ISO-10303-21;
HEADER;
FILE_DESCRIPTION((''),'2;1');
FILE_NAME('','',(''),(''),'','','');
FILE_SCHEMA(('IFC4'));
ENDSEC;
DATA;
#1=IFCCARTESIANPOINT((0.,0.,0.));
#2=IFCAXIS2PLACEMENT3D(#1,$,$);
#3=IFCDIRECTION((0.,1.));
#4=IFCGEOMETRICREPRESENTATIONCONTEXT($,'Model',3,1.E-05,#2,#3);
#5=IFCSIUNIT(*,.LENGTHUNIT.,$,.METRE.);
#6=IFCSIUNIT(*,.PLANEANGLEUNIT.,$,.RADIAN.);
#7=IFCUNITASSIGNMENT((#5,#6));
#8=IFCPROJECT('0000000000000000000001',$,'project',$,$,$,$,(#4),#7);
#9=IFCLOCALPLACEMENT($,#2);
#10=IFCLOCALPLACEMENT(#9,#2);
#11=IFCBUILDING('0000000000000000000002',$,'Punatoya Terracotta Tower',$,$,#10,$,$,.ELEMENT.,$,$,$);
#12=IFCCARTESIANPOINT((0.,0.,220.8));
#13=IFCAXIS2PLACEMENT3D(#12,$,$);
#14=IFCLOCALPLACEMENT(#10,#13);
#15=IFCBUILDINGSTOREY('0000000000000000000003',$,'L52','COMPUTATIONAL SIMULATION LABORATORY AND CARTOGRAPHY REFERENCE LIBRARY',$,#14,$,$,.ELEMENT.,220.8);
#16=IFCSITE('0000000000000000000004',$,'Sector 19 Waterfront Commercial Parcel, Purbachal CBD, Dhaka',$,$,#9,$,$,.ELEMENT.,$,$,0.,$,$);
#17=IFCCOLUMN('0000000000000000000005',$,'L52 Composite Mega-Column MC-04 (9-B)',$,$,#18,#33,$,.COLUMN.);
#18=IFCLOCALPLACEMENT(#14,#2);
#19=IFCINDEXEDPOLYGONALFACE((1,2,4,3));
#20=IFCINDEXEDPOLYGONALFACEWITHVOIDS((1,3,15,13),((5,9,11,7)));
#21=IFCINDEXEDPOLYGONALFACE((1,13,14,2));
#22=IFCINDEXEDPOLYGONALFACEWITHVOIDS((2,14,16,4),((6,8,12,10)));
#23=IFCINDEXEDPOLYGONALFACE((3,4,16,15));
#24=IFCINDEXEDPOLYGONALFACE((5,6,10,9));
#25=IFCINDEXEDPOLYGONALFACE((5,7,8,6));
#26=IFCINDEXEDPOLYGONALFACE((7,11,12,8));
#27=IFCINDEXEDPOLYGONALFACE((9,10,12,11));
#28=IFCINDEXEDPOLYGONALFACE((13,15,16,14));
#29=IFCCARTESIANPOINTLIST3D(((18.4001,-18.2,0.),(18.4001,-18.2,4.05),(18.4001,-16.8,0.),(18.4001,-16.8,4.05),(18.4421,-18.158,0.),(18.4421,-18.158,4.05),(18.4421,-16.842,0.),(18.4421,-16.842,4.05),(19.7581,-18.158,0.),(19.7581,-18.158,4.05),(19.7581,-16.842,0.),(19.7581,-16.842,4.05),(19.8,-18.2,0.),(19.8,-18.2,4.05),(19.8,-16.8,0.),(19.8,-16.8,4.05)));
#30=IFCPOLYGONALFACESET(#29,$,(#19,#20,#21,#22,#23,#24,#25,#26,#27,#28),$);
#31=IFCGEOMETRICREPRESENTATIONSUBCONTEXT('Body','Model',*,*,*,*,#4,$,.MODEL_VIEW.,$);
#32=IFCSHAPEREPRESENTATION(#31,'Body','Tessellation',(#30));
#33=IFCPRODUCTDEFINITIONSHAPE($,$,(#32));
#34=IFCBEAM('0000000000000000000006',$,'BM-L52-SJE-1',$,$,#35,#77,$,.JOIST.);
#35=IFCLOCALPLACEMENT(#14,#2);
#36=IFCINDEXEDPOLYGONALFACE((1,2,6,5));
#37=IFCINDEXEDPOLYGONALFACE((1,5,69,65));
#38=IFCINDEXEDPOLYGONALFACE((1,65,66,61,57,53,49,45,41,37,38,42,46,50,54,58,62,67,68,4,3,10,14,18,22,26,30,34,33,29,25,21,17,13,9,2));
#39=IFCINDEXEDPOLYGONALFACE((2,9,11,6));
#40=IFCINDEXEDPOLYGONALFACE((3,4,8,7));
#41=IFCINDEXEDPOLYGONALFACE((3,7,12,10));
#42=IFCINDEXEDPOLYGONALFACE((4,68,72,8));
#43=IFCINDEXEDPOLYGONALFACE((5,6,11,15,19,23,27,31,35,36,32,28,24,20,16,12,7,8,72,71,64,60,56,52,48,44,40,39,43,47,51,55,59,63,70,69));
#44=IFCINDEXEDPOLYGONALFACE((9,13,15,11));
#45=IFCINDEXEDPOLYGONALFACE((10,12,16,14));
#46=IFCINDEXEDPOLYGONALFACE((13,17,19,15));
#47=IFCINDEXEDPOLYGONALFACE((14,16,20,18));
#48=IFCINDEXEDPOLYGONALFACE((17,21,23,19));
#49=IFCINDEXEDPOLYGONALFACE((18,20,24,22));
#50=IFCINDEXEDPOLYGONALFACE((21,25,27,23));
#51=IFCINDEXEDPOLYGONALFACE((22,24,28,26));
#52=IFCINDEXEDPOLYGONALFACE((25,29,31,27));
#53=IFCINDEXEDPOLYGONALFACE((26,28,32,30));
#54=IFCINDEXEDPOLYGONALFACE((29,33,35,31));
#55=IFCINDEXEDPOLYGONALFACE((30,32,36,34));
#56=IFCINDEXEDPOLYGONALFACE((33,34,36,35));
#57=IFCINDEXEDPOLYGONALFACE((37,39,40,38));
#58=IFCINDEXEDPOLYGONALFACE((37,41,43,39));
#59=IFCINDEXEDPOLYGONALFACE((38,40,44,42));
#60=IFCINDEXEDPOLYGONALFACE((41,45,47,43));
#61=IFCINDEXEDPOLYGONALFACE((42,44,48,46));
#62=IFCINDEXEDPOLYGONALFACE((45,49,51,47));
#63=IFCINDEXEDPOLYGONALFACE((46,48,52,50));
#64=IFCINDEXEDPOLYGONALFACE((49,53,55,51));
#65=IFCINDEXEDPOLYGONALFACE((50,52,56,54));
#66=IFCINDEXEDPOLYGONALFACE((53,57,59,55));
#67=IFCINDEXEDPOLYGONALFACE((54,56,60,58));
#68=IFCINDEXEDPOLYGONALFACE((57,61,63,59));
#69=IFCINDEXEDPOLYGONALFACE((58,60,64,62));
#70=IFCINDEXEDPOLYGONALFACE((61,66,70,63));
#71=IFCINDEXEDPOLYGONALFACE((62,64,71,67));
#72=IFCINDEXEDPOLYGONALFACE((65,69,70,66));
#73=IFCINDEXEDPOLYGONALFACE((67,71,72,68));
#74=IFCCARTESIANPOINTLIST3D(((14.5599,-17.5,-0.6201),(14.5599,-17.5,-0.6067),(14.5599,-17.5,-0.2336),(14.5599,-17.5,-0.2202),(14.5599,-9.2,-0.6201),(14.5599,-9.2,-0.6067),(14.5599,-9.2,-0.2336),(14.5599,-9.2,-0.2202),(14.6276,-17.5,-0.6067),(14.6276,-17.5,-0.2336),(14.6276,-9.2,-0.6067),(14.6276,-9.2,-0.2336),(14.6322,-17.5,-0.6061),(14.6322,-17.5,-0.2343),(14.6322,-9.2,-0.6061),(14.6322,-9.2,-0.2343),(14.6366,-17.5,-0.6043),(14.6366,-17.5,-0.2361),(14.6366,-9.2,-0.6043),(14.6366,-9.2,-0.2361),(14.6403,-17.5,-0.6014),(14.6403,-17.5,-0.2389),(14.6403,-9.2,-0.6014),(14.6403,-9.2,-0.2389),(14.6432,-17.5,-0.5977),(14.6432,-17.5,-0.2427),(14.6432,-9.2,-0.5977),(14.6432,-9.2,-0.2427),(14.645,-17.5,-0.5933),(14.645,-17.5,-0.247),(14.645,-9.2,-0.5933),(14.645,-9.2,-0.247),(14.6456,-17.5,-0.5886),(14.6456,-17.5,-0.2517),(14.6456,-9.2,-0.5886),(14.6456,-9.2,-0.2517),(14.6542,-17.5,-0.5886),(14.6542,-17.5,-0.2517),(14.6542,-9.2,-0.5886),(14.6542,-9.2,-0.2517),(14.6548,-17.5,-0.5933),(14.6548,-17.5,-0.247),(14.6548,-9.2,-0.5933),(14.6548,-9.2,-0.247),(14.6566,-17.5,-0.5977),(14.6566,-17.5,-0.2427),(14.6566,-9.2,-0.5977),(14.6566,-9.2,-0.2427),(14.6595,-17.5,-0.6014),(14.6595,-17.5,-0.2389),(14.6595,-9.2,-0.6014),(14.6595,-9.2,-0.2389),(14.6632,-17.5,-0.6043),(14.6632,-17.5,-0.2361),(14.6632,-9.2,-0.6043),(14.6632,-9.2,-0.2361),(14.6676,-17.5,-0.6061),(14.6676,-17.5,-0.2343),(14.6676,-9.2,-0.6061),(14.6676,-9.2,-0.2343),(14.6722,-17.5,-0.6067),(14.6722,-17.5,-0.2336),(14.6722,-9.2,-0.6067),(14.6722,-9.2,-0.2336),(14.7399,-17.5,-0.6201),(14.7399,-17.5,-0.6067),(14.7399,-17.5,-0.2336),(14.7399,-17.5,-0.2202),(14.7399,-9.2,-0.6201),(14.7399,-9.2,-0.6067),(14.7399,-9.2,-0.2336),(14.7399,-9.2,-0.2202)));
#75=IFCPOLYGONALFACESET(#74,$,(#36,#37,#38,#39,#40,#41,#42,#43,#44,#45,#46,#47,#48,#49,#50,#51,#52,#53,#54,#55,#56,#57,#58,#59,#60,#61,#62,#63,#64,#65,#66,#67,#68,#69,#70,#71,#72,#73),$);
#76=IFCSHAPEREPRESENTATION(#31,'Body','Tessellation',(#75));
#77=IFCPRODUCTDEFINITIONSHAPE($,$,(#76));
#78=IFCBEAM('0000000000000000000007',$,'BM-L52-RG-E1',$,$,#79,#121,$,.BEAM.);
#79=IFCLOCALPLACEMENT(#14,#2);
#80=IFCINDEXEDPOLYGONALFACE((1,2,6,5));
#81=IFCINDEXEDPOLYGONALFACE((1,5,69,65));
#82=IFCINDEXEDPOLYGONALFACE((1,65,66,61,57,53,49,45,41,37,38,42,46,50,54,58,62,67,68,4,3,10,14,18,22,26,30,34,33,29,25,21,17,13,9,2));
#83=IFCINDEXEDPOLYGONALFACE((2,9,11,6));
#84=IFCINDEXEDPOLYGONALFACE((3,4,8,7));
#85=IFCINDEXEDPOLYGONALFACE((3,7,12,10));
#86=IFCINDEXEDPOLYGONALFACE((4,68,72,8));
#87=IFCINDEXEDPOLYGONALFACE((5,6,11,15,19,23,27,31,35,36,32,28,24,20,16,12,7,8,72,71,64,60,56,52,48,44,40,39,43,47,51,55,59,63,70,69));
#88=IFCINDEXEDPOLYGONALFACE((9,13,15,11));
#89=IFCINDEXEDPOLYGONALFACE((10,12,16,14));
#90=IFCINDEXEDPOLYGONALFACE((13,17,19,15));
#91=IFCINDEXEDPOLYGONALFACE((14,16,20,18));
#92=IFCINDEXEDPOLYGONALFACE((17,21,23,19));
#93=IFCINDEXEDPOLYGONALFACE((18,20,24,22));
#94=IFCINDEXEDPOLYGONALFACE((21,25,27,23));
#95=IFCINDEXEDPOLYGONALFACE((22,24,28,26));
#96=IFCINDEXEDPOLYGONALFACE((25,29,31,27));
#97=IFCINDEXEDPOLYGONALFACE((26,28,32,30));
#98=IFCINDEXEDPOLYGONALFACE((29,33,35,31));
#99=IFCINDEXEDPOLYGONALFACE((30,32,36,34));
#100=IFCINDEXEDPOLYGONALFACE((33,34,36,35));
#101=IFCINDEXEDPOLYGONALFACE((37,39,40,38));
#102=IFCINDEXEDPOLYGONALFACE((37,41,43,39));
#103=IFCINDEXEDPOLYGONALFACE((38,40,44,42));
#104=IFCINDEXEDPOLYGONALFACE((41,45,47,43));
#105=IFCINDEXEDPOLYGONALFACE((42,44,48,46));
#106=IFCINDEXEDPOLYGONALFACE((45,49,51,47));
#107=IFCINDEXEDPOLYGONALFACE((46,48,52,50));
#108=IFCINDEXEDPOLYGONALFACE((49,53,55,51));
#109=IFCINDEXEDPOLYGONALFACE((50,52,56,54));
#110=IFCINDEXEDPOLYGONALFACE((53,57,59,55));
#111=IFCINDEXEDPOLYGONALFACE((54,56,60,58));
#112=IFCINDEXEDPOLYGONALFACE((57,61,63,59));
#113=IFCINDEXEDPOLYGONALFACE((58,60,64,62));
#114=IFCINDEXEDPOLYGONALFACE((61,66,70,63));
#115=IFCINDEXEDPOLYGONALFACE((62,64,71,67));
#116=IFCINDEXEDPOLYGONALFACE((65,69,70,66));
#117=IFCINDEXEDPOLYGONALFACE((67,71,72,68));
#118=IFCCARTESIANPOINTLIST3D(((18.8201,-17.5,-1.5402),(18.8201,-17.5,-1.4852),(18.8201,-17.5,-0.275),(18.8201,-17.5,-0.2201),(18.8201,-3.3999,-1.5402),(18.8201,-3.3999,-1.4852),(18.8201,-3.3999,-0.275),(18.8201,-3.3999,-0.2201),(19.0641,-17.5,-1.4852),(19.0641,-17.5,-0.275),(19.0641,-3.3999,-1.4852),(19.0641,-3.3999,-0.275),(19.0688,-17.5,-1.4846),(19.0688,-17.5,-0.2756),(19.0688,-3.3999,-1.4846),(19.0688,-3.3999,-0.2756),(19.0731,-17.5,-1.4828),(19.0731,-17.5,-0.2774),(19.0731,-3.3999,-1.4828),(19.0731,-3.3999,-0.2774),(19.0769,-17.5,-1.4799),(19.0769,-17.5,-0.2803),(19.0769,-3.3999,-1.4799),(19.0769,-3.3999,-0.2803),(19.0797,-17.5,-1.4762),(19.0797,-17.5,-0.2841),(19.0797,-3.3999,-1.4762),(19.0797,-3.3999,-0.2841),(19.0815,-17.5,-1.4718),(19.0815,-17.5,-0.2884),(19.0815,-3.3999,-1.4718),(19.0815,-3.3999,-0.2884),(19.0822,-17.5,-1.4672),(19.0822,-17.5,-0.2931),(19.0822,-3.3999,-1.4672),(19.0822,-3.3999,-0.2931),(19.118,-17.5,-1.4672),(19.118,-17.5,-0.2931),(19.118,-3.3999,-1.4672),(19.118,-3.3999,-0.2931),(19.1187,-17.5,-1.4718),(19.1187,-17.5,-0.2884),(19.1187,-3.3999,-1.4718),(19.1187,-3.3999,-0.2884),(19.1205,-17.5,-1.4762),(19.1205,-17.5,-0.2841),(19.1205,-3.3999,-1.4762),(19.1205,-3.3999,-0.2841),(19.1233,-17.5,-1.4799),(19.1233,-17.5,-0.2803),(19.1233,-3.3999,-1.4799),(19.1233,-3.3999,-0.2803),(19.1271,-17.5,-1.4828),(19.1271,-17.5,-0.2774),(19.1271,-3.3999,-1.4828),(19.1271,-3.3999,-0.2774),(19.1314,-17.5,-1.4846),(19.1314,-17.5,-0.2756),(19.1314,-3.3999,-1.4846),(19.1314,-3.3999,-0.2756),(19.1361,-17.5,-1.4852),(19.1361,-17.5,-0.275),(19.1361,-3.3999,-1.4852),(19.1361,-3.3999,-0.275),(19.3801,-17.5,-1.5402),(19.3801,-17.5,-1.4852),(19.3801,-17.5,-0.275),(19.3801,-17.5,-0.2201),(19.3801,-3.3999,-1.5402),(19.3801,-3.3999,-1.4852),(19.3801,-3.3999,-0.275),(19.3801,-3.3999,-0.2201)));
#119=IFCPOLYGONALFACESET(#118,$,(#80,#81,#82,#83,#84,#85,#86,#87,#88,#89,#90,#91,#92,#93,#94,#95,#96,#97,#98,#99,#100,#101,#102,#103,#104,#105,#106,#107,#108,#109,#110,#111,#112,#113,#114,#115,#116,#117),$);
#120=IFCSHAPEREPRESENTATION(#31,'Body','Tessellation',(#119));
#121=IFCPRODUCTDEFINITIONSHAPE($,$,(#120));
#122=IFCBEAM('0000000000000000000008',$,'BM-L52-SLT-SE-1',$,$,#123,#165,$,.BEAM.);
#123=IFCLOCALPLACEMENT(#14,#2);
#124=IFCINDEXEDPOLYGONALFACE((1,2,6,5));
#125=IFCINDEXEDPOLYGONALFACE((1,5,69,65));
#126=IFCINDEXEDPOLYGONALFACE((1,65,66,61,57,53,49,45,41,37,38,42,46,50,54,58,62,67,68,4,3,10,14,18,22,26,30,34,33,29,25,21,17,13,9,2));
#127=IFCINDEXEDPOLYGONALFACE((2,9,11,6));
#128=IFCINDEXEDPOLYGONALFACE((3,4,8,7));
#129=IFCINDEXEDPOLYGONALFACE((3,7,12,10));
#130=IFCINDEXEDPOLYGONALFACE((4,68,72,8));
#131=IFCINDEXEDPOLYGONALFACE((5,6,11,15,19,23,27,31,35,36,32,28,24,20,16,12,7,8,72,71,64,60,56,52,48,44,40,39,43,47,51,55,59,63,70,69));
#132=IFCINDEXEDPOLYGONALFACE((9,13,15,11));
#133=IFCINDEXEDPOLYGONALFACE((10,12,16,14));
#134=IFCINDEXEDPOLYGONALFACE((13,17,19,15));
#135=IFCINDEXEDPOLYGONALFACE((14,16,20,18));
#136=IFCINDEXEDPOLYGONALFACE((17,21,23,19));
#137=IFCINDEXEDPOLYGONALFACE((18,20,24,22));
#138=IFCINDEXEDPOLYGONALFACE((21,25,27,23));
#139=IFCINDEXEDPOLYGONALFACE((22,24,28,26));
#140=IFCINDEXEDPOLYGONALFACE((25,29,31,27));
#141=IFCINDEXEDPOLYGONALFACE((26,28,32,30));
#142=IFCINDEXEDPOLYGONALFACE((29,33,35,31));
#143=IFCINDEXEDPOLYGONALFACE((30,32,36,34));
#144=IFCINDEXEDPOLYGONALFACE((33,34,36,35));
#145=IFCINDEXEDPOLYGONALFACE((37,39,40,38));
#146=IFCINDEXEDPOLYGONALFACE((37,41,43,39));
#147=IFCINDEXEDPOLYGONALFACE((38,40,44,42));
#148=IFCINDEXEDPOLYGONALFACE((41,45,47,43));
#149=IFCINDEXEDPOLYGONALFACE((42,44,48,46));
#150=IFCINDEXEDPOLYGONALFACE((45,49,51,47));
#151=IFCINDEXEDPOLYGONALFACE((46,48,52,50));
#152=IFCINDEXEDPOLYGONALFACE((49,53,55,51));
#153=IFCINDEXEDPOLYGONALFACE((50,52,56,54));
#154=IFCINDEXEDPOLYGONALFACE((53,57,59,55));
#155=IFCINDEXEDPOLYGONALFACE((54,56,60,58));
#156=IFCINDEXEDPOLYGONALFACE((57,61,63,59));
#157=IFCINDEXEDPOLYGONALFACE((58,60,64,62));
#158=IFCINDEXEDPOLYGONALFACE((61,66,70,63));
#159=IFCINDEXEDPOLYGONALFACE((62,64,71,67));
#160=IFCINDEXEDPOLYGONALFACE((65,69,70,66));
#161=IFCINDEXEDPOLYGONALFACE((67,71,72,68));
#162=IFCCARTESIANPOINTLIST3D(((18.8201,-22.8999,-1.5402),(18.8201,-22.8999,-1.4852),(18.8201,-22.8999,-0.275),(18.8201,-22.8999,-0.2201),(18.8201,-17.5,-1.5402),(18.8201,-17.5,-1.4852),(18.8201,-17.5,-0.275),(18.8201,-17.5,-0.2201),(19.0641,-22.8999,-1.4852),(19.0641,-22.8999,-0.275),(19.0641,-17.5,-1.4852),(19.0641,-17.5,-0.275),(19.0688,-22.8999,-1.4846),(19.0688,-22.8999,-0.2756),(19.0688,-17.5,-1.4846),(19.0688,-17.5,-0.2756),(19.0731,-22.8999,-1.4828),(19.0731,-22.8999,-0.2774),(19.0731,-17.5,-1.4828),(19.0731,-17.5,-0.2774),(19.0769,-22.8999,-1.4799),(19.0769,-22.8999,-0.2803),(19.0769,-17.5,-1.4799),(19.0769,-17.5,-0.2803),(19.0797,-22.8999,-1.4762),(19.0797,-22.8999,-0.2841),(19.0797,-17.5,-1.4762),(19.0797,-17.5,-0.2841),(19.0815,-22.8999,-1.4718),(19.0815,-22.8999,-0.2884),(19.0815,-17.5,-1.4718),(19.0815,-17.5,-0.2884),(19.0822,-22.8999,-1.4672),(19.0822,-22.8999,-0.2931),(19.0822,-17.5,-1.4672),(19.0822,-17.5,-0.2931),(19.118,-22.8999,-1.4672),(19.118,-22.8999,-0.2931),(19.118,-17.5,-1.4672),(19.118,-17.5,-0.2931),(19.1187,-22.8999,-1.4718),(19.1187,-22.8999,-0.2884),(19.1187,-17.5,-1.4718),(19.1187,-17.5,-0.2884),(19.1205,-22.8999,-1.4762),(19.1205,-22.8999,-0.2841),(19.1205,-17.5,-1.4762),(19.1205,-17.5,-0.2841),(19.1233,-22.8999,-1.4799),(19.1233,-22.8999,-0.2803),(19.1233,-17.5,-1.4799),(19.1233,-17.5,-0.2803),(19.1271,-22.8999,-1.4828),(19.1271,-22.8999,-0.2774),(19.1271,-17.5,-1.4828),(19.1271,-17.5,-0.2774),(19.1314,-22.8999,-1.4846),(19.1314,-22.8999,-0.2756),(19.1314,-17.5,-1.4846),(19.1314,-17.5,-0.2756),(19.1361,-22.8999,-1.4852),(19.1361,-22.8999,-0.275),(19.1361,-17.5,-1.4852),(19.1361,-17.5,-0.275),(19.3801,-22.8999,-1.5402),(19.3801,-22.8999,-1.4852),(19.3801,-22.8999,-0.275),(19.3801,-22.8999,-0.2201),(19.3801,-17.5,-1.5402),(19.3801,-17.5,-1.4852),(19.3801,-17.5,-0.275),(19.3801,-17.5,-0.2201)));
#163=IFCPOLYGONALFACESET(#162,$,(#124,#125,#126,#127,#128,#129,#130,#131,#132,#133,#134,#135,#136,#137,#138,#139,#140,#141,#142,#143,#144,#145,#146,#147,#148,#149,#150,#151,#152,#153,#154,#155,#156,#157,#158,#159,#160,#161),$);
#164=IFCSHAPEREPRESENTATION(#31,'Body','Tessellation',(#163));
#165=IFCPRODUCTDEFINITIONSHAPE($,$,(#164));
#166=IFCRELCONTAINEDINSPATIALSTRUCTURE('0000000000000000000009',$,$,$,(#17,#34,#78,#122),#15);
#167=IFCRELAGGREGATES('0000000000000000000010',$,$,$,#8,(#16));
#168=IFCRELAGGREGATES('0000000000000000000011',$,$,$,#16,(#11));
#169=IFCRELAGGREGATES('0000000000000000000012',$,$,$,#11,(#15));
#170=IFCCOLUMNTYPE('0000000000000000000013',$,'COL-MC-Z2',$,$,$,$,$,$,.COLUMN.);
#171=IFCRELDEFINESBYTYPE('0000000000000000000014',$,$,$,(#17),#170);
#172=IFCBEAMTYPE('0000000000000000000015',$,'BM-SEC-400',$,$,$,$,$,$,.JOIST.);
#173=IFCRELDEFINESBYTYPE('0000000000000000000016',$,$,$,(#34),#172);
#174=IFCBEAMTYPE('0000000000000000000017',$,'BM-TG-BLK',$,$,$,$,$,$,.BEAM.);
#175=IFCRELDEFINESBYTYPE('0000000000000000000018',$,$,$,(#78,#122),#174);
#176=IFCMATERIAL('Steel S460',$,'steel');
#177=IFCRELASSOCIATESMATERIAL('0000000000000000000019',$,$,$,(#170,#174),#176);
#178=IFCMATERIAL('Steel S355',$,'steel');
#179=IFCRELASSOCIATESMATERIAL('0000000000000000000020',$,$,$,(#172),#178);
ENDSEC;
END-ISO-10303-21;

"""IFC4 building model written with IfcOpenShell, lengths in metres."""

from ifc_helpers import new_model, si_unit, direction, frame, origin, origin_2d, place, context, subcontext, project, spatial, hollow_rectangle, i_section, extrude, material, material_profile, profile_set, type_object, element, save


model = new_model("IFC4")

# Units and contexts
model_context = context("Model", 3, precision=1e-05, world=origin(), true_north=direction((0.0, 1.0)))
body_context = subcontext(model_context, "Body", "Model", "MODEL_VIEW")
ifc_project = project(units=[si_unit("LENGTHUNIT", "METRE"), si_unit("PLANEANGLEUNIT", "RADIAN")], contexts=[model_context])

# Site, building, storey
site_placement = place(None, origin())
site = spatial("IfcSite", under=ifc_project, at=site_placement, Name="Sector 19 Waterfront Commercial Parcel, Purbachal CBD, Dhaka", CompositionType="ELEMENT", RefElevation=0.0)
building_placement = place(site_placement, origin())
building = spatial("IfcBuilding", under=site, at=building_placement, Name="Punatoya Terracotta Tower", CompositionType="ELEMENT")
storey_placement = place(building_placement, frame((0.0, 0.0, 220.8)))
storey = spatial("IfcBuildingStorey", under=building, at=storey_placement, Name="L52", Description="COMPUTATIONAL SIMULATION LABORATORY AND CARTOGRAPHY REFERENCE LIBRARY", CompositionType="ELEMENT", Elevation=220.8)

# Column
ifc_material_1 = material(Name="Steel S460", Category="steel")
ifc_material_profile_1 = material_profile(ifc_material_1, hollow_rectangle(XDim=1.3999, YDim=1.3999, WallThickness=0.042, at=origin_2d()))
ifc_profile_set_1 = profile_set([ifc_material_profile_1], Name="Steel S460")
column_type = type_object("IfcColumnType", Name="COL-MC-Z2", PredefinedType="COLUMN", material=ifc_profile_set_1)
column_placement = place(storey_placement, frame((19.1001, -17.5, 0.0), z_axis=(0.0, 0.0, 1.0), x_axis=(1.0, 0.0, 0.0)))
element("IfcColumn", 1, at=column_placement, inside=storey, type_object=column_type, Name="L52 Composite Mega-Column MC-04 (9-B)", PredefinedType="COLUMN", context=body_context, shape_type="SweptSolid", body=[
    extrude(hollow_rectangle(XDim=1.3999, YDim=1.3999, WallThickness=0.042, at=origin_2d()), origin(), (0.0, 0.0, 1.0), 4.05),
])

# Beams
ifc_material_2 = material(Name="Steel S355", Category="steel")
ifc_material_profile_2 = material_profile(ifc_material_2, i_section(OverallWidth=0.1799, OverallDepth=0.3999, WebThickness=0.0085, FlangeThickness=0.0134, FilletRadius=0.0181, at=origin_2d()))
ifc_profile_set_2 = profile_set([ifc_material_profile_2], Name="Steel S355")
beam_type_1 = type_object("IfcBeamType", Name="BM-SEC-400", PredefinedType="JOIST", material=ifc_profile_set_2)
beam_1_placement = place(storey_placement, frame((14.6499, -17.5, -0.4202), z_axis=(0.0, 1.0, 0.0), x_axis=(-1.0, 0.0, 0.0)))
element("IfcBeam", 2, at=beam_1_placement, inside=storey, type_object=beam_type_1, Name="BM-L52-SJE-1", PredefinedType="JOIST", context=body_context, shape_type="SweptSolid", body=[
    extrude(i_section(OverallWidth=0.1799, OverallDepth=0.3999, WebThickness=0.0085, FlangeThickness=0.0134, FilletRadius=0.0181, at=origin_2d()), origin(), (0.0, 0.0, 1.0), 8.3),
])
ifc_material_profile_3 = material_profile(ifc_material_1, i_section(OverallWidth=0.5601, OverallDepth=1.3201, WebThickness=0.0359, FlangeThickness=0.0549, FilletRadius=0.0181, at=origin_2d()))
ifc_profile_set_3 = profile_set([ifc_material_profile_3], Name="Steel S460")
beam_type_2 = type_object("IfcBeamType", Name="BM-TG-BLK", PredefinedType="BEAM", material=ifc_profile_set_3)
beam_2_placement = place(storey_placement, frame((19.1001, -17.5, -0.8801), z_axis=(0.0, 1.0, 0.0), x_axis=(-1.0, 0.0, 0.0)))
element("IfcBeam", 3, at=beam_2_placement, inside=storey, type_object=beam_type_2, Name="BM-L52-RG-E1", PredefinedType="BEAM", context=body_context, shape_type="SweptSolid", body=[
    extrude(i_section(OverallWidth=0.5601, OverallDepth=1.3201, WebThickness=0.0359, FlangeThickness=0.0549, FilletRadius=0.0181, at=origin_2d()), origin(), (0.0, 0.0, 1.0), 14.1001),
])
for number, where, z_axis, x_axis, name in (
    (4, (19.1001, -17.5, -0.8801), (0.0, -1.0, 0.0), (1.0, 0.0, 0.0), "BM-L52-SLT-SE-1"),
):
    element("IfcBeam", number, at=place(storey_placement, frame(where, z_axis=z_axis, x_axis=x_axis)), inside=storey, type_object=beam_type_2, Name=name, PredefinedType="BEAM", context=body_context, shape_type="SweptSolid", body=[
        extrude(i_section(OverallWidth=0.5601, OverallDepth=1.3201, WebThickness=0.0359, FlangeThickness=0.0549, FilletRadius=0.0181, at=origin_2d()), origin(), (0.0, 0.0, 1.0), 5.3999),
    ])

save(model, "model.ifc")
